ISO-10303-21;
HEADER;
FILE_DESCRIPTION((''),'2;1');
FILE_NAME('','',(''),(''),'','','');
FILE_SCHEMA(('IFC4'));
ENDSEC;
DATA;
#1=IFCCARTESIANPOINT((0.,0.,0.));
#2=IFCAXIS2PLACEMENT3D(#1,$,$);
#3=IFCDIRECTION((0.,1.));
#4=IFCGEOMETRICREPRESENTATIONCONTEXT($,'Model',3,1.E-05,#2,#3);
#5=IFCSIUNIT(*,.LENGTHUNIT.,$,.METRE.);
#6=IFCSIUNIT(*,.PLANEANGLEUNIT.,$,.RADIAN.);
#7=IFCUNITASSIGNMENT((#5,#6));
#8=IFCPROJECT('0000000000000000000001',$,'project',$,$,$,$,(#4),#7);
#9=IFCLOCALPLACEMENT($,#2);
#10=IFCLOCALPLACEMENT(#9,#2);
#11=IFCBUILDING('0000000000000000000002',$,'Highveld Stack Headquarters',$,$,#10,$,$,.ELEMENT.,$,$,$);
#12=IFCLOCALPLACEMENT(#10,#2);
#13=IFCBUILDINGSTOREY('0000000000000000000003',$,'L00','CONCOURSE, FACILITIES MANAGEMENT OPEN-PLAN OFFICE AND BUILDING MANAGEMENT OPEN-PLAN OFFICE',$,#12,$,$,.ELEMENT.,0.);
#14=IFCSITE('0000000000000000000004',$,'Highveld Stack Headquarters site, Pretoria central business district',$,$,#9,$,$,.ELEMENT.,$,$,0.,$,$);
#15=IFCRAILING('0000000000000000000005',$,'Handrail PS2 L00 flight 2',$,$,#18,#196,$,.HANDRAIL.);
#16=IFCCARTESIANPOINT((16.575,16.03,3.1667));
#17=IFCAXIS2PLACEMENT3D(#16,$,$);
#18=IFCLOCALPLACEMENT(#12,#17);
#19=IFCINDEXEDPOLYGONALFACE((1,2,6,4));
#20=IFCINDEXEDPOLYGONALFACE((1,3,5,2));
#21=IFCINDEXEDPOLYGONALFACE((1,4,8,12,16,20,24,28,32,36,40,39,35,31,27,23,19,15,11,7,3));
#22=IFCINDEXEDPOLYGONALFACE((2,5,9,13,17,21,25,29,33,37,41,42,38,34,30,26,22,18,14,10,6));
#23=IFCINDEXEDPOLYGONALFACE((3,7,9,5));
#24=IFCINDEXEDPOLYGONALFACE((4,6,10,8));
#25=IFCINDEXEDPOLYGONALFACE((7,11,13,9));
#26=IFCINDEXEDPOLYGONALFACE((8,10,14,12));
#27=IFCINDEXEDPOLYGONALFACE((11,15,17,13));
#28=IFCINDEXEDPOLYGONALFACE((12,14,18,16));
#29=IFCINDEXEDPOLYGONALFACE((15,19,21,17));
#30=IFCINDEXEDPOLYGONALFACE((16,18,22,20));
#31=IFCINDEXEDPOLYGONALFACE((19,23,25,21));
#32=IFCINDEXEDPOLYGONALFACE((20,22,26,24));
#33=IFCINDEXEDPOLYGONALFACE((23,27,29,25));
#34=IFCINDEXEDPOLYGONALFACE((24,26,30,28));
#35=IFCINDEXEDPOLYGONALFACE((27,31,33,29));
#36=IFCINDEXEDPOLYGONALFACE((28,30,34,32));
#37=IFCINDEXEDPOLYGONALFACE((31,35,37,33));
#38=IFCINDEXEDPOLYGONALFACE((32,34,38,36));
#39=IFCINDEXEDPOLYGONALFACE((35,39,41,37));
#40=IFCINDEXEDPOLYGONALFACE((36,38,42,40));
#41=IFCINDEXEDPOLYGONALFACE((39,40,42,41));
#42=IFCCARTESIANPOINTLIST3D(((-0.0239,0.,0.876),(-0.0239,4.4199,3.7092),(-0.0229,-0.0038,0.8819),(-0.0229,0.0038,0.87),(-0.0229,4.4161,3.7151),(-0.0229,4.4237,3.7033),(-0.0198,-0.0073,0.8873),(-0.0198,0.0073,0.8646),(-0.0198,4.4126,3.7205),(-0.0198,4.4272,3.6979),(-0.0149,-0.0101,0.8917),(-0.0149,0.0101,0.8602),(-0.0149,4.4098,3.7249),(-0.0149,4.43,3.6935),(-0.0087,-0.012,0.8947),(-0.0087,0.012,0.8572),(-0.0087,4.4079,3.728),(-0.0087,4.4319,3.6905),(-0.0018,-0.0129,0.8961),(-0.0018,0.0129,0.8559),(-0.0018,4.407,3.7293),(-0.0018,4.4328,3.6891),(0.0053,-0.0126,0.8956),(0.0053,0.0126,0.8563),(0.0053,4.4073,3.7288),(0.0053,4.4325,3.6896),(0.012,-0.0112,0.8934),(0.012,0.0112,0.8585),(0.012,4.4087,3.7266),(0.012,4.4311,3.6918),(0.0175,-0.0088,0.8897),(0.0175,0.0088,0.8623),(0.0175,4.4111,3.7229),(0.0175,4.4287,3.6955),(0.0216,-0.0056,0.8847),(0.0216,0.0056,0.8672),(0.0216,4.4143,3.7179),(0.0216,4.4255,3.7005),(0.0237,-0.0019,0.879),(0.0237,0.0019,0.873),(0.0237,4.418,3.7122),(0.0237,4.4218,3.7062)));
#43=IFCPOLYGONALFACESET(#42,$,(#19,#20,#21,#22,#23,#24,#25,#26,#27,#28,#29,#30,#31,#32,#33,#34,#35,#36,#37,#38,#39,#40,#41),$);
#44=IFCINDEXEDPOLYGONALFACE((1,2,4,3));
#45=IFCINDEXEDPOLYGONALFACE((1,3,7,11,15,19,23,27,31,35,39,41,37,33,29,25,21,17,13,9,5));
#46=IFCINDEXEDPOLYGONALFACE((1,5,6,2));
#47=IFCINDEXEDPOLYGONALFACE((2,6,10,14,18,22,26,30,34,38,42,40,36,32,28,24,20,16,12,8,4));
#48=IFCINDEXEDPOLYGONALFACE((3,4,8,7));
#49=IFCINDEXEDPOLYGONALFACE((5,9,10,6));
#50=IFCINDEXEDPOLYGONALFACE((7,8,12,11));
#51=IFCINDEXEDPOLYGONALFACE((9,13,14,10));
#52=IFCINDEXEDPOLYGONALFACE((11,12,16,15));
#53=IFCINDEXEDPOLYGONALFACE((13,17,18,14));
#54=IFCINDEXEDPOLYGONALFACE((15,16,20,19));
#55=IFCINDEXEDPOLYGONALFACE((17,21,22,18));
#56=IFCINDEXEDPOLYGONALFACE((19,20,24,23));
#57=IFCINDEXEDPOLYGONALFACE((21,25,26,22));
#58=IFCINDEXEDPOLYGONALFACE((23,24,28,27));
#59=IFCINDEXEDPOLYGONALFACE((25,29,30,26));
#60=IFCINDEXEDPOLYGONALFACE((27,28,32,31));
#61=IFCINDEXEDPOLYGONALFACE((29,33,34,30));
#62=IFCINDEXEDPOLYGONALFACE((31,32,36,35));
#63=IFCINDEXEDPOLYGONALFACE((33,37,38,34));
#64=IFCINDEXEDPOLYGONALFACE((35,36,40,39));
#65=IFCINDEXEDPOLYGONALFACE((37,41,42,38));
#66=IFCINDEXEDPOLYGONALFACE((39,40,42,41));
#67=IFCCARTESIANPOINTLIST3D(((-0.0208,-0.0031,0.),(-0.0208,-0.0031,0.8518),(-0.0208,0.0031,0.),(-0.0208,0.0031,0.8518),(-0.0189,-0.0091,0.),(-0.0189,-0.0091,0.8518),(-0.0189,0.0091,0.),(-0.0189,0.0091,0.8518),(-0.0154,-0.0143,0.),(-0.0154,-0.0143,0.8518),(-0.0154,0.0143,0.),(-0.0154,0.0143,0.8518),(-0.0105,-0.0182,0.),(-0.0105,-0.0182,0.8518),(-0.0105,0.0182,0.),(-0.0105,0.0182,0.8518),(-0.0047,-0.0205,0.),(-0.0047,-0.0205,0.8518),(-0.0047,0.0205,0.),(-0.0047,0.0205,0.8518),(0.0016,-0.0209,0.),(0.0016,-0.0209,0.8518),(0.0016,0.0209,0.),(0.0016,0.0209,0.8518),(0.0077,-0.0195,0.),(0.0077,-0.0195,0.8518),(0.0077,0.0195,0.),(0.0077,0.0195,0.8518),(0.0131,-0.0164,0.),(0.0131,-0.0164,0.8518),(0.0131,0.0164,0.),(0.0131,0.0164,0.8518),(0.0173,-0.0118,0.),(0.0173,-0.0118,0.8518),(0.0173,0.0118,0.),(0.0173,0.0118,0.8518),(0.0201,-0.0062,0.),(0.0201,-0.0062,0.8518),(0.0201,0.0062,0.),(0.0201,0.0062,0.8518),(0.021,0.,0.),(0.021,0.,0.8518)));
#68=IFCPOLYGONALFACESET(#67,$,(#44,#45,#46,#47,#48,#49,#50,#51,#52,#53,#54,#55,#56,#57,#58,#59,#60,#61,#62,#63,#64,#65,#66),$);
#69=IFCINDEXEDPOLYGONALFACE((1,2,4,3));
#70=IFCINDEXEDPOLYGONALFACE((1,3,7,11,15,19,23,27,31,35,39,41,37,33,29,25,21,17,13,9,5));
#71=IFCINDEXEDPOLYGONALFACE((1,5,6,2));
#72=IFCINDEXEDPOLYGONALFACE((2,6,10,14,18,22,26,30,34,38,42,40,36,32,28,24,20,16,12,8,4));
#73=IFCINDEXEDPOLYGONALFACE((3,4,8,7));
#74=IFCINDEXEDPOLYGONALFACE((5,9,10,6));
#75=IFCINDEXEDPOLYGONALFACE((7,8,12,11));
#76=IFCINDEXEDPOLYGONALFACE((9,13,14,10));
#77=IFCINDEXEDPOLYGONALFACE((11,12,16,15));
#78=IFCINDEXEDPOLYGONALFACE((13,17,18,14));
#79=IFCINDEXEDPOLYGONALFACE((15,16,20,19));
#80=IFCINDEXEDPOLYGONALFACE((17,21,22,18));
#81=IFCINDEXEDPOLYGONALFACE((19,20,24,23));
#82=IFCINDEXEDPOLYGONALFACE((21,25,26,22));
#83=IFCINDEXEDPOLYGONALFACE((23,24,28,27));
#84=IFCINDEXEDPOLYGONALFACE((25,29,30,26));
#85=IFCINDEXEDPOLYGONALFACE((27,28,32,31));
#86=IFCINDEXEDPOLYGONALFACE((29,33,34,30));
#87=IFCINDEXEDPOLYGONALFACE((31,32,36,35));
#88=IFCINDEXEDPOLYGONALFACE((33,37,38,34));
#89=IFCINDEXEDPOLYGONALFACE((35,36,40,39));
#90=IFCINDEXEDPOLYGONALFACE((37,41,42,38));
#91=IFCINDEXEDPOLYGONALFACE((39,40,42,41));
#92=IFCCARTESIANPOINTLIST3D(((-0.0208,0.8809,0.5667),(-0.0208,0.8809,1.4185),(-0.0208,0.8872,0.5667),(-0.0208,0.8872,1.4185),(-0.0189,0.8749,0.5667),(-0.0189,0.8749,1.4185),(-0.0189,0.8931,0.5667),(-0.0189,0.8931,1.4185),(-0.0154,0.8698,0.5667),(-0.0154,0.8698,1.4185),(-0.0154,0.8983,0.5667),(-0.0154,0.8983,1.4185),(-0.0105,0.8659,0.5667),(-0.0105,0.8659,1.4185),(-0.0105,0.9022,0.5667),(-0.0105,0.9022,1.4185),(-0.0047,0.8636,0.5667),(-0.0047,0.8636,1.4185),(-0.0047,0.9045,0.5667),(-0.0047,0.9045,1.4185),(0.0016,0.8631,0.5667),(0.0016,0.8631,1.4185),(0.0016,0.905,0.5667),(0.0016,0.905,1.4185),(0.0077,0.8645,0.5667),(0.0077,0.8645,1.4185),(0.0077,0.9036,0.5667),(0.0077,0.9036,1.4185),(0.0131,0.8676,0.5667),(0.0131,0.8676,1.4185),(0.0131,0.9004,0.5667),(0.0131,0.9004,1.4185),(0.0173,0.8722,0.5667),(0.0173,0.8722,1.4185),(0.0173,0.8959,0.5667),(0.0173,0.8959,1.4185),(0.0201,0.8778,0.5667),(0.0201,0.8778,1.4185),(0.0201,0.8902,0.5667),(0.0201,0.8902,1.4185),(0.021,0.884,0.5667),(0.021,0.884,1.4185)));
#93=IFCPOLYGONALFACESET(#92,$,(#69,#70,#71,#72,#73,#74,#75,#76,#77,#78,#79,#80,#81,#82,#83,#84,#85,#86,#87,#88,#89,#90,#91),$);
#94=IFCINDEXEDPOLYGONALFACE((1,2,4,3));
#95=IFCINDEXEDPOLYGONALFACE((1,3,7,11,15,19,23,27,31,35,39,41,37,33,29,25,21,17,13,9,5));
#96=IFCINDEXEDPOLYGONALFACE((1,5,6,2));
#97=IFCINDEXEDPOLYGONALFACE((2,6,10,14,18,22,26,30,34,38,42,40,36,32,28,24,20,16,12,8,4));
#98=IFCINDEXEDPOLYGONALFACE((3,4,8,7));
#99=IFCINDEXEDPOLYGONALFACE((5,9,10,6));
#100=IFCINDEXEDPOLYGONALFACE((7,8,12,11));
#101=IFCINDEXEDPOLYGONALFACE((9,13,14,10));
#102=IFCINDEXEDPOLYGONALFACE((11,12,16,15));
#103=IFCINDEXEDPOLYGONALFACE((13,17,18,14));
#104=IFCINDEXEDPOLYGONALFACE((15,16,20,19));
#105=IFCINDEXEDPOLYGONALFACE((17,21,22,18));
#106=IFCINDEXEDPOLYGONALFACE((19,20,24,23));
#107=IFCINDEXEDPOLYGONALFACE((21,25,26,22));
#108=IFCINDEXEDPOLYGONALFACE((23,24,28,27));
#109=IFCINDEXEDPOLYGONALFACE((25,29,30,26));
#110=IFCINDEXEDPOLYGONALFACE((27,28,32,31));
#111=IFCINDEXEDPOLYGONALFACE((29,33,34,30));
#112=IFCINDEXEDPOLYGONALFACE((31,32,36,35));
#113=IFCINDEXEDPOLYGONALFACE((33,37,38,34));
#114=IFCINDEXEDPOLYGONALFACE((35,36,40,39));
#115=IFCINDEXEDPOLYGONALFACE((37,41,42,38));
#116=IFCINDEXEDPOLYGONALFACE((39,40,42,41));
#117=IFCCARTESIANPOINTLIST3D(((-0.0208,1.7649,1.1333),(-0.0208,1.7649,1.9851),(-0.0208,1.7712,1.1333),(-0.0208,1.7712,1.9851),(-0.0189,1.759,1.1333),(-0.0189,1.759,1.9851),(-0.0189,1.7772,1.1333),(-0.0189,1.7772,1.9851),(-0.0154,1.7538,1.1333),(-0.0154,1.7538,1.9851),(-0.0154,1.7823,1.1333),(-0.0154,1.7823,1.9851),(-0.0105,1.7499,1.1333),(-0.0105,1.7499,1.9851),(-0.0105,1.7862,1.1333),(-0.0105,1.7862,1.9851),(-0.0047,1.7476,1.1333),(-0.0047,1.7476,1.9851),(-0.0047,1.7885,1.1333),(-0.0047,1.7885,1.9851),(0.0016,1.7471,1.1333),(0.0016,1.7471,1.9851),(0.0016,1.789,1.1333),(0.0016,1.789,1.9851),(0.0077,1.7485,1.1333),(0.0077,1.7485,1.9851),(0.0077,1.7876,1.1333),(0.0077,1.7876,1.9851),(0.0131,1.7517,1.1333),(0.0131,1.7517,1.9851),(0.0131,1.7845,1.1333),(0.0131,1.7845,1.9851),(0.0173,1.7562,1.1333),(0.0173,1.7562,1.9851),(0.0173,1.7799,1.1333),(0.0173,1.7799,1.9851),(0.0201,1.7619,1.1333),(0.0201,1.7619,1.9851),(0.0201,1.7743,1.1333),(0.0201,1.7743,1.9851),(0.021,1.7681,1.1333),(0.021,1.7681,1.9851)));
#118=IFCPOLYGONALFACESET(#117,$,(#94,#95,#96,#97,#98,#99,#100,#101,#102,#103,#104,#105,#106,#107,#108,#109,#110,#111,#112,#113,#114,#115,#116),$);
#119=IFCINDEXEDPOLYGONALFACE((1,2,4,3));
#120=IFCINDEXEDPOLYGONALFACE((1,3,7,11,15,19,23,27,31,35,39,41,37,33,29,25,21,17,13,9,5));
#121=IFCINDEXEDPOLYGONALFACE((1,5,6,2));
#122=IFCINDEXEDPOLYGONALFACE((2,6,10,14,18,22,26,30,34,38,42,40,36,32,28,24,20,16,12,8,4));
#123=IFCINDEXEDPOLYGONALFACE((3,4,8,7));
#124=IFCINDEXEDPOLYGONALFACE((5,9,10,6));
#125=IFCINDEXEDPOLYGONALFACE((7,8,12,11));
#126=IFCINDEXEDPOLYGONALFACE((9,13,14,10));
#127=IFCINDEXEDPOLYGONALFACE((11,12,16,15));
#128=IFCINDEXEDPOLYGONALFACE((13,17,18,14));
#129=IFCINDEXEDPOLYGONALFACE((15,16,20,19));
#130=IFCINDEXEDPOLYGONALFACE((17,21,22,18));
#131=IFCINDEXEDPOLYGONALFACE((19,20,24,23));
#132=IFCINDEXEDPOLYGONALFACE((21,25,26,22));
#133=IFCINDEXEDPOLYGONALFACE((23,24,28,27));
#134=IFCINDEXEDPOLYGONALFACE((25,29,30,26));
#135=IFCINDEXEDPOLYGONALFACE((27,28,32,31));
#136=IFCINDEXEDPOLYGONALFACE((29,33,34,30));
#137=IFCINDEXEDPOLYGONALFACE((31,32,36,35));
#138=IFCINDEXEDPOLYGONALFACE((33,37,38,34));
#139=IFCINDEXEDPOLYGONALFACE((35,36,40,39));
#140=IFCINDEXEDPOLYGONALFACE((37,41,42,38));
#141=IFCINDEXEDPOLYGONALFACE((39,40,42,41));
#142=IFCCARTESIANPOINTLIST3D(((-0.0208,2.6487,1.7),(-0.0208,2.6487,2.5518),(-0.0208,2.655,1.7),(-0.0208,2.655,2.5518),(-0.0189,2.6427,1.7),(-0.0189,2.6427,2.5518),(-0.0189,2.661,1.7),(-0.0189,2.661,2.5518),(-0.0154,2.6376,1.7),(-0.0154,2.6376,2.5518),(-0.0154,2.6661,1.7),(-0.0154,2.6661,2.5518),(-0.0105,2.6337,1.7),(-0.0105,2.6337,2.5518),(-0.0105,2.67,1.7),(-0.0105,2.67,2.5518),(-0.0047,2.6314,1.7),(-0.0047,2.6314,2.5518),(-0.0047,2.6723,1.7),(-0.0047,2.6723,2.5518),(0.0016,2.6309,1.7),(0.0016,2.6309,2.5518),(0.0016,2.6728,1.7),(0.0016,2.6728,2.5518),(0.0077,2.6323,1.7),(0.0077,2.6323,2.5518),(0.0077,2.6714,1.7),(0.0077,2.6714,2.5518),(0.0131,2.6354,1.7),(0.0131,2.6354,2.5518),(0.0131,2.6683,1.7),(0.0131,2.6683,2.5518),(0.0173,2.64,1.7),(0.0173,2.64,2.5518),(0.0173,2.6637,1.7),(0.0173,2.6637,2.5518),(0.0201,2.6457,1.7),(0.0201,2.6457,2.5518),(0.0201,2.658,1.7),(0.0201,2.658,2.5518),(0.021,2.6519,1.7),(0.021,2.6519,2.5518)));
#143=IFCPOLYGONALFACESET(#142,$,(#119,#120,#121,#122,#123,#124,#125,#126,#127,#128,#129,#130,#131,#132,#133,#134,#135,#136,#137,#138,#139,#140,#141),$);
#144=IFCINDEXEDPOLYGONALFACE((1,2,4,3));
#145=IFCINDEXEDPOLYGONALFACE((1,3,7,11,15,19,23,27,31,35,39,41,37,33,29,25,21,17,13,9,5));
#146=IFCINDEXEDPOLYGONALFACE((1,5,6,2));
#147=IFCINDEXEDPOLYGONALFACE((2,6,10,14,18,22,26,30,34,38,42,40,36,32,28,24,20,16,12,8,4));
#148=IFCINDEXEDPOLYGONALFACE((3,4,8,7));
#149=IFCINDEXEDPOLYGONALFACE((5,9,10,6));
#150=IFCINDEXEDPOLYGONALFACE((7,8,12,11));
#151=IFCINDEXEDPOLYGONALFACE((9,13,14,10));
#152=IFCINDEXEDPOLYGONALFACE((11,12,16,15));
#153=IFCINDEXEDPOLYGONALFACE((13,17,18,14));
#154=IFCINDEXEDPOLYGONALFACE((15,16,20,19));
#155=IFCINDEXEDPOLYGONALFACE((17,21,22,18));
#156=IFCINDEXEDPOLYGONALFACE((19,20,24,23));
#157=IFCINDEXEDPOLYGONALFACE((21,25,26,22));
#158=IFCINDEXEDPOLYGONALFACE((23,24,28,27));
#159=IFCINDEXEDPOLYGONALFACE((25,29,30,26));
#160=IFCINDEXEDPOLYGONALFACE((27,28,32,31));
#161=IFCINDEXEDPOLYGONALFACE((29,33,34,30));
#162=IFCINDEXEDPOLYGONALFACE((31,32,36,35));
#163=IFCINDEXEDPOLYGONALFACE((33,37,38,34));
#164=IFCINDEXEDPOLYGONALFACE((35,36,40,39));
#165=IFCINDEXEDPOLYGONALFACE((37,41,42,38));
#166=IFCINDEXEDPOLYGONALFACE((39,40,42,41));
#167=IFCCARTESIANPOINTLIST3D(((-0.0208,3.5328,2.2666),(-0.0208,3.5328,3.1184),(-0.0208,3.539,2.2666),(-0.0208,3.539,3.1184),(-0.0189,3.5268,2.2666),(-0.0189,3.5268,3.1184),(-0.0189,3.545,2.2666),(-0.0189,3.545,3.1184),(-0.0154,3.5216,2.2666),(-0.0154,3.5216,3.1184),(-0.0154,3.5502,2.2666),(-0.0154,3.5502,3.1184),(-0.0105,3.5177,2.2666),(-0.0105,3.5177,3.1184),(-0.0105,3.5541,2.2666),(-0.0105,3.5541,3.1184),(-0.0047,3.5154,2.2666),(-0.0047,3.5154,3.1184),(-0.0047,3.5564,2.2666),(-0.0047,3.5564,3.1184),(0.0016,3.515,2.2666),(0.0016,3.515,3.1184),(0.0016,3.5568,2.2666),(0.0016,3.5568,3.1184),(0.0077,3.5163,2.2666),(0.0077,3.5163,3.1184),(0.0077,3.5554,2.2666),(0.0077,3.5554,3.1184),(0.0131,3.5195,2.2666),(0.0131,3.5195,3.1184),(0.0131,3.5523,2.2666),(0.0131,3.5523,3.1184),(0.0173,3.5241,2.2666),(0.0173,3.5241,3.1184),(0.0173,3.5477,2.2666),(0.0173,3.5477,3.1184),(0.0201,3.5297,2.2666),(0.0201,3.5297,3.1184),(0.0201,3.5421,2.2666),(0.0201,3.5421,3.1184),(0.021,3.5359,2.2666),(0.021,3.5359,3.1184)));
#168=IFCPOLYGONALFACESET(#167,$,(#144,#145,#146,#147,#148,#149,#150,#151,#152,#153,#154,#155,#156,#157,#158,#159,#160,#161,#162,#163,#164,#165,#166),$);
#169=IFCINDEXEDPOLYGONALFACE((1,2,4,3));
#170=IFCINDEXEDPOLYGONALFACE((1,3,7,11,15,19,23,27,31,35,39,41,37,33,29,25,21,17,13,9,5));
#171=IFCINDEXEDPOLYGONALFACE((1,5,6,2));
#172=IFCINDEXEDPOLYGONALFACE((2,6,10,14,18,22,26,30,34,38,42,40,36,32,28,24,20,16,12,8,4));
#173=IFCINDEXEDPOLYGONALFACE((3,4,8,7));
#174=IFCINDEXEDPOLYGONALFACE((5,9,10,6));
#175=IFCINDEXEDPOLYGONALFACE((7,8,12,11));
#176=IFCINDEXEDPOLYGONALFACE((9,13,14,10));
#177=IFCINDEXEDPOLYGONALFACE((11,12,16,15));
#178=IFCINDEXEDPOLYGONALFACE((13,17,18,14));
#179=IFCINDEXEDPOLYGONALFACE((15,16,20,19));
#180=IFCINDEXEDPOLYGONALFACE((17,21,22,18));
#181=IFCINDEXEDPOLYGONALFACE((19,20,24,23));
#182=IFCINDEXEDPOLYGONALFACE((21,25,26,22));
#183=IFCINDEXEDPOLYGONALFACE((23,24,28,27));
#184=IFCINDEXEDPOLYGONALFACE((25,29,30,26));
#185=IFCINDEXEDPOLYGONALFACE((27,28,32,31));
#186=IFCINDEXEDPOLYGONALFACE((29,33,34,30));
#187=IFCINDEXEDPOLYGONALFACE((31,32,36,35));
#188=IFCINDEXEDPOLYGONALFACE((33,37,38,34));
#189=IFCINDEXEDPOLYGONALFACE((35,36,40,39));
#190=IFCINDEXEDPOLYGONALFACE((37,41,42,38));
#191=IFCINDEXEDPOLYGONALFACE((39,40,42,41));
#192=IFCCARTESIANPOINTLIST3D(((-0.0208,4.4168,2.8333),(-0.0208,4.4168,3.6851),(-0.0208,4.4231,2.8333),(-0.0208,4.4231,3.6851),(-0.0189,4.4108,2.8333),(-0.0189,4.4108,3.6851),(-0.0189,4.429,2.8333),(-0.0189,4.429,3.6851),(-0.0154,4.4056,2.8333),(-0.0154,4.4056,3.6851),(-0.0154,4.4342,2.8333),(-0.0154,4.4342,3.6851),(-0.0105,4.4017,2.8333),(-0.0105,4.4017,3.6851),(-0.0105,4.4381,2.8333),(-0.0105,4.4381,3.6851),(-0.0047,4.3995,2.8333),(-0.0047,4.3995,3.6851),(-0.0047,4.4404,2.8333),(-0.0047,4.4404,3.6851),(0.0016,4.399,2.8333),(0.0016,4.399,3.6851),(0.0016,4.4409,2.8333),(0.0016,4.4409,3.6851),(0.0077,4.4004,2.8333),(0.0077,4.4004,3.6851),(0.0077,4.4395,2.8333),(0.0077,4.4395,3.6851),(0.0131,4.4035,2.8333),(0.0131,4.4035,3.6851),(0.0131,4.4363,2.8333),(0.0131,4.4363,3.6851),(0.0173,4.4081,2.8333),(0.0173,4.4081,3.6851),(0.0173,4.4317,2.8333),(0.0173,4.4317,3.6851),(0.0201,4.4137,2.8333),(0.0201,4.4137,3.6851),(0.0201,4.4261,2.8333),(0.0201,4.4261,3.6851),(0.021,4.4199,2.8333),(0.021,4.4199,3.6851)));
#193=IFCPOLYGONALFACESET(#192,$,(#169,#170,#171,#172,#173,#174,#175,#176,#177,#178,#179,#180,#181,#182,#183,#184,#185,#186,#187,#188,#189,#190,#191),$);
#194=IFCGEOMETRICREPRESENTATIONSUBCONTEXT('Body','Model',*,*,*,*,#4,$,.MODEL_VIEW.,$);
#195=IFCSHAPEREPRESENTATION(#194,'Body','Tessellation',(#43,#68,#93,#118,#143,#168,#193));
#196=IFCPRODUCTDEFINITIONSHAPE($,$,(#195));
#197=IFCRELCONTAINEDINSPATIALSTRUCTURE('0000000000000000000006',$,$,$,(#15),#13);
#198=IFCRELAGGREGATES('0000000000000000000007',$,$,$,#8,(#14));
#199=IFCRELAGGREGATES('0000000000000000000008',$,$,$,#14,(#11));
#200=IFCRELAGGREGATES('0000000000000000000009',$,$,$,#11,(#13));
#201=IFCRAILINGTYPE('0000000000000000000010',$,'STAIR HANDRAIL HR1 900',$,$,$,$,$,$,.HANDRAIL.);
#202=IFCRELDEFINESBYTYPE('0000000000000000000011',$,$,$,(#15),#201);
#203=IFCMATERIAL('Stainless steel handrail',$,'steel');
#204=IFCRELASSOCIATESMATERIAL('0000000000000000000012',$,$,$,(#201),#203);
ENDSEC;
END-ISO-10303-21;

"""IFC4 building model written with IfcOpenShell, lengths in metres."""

from ifc_helpers import new_model, si_unit, direction, frame, origin, origin_2d, place, context, subcontext, project, spatial, circle, extrude, material, type_object, element, save


model = new_model("IFC4")

# Units and contexts
model_context = context("Model", 3, precision=1e-05, world=origin(), true_north=direction((0.0, 1.0)))
body_context = subcontext(model_context, "Body", "Model", "MODEL_VIEW")
ifc_project = project(units=[si_unit("LENGTHUNIT", "METRE"), si_unit("PLANEANGLEUNIT", "RADIAN")], contexts=[model_context])

# Site, building, storey
site_placement = place(None, origin())
site = spatial("IfcSite", under=ifc_project, at=site_placement, Name="Highveld Stack Headquarters site, Pretoria central business district", CompositionType="ELEMENT", RefElevation=0.0)
building_placement = place(site_placement, origin())
building = spatial("IfcBuilding", under=site, at=building_placement, Name="Highveld Stack Headquarters", CompositionType="ELEMENT")
storey_placement = place(building_placement, origin())
storey = spatial("IfcBuildingStorey", under=building, at=storey_placement, Name="L00", Description="CONCOURSE, FACILITIES MANAGEMENT OPEN-PLAN OFFICE AND BUILDING MANAGEMENT OPEN-PLAN OFFICE", CompositionType="ELEMENT", Elevation=0.0)

# Railing
ifc_material_1 = material(Name="Stainless steel handrail", Category="steel")
railing_type = type_object("IfcRailingType", Name="STAIR HANDRAIL HR1 900", PredefinedType="HANDRAIL", material=ifc_material_1)
for number, where, name in (
    (1, (16.575, 16.03, 3.1667), "Handrail PS2 L00 flight 2"),
):
    element("IfcRailing", number, at=place(storey_placement, frame(where)), inside=storey, type_object=railing_type, Name=name, PredefinedType="HANDRAIL", context=body_context, shape_type="SweptSolid", body=[
        extrude(circle(Radius=0.0239, at=origin_2d()), frame((0.0, 0.0, 0.876), z_axis=(0.0, 0.841882, 0.539662), x_axis=(-1.0, 0.0, 0.0)), (0.0, 0.0, 1.0), 5.25),
        extrude(circle(Radius=0.021, at=origin_2d()), origin(), (0.0, 0.0, 1.0), 0.8518),
        extrude(circle(Radius=0.021, at=origin_2d()), frame((0.0, 0.884, 0.5667)), (0.0, 0.0, 1.0), 0.8518),
        extrude(circle(Radius=0.021, at=origin_2d()), frame((0.0, 1.7681, 1.1333)), (0.0, 0.0, 1.0), 0.8518),
        extrude(circle(Radius=0.021, at=origin_2d()), frame((0.0, 2.6519, 1.7)), (0.0, 0.0, 1.0), 0.8518),
        extrude(circle(Radius=0.021, at=origin_2d()), frame((0.0, 3.5359, 2.2666)), (0.0, 0.0, 1.0), 0.8518),
        extrude(circle(Radius=0.021, at=origin_2d()), frame((0.0, 4.4199, 2.8333)), (0.0, 0.0, 1.0), 0.8518),
    ])

save(model, "model.ifc")
